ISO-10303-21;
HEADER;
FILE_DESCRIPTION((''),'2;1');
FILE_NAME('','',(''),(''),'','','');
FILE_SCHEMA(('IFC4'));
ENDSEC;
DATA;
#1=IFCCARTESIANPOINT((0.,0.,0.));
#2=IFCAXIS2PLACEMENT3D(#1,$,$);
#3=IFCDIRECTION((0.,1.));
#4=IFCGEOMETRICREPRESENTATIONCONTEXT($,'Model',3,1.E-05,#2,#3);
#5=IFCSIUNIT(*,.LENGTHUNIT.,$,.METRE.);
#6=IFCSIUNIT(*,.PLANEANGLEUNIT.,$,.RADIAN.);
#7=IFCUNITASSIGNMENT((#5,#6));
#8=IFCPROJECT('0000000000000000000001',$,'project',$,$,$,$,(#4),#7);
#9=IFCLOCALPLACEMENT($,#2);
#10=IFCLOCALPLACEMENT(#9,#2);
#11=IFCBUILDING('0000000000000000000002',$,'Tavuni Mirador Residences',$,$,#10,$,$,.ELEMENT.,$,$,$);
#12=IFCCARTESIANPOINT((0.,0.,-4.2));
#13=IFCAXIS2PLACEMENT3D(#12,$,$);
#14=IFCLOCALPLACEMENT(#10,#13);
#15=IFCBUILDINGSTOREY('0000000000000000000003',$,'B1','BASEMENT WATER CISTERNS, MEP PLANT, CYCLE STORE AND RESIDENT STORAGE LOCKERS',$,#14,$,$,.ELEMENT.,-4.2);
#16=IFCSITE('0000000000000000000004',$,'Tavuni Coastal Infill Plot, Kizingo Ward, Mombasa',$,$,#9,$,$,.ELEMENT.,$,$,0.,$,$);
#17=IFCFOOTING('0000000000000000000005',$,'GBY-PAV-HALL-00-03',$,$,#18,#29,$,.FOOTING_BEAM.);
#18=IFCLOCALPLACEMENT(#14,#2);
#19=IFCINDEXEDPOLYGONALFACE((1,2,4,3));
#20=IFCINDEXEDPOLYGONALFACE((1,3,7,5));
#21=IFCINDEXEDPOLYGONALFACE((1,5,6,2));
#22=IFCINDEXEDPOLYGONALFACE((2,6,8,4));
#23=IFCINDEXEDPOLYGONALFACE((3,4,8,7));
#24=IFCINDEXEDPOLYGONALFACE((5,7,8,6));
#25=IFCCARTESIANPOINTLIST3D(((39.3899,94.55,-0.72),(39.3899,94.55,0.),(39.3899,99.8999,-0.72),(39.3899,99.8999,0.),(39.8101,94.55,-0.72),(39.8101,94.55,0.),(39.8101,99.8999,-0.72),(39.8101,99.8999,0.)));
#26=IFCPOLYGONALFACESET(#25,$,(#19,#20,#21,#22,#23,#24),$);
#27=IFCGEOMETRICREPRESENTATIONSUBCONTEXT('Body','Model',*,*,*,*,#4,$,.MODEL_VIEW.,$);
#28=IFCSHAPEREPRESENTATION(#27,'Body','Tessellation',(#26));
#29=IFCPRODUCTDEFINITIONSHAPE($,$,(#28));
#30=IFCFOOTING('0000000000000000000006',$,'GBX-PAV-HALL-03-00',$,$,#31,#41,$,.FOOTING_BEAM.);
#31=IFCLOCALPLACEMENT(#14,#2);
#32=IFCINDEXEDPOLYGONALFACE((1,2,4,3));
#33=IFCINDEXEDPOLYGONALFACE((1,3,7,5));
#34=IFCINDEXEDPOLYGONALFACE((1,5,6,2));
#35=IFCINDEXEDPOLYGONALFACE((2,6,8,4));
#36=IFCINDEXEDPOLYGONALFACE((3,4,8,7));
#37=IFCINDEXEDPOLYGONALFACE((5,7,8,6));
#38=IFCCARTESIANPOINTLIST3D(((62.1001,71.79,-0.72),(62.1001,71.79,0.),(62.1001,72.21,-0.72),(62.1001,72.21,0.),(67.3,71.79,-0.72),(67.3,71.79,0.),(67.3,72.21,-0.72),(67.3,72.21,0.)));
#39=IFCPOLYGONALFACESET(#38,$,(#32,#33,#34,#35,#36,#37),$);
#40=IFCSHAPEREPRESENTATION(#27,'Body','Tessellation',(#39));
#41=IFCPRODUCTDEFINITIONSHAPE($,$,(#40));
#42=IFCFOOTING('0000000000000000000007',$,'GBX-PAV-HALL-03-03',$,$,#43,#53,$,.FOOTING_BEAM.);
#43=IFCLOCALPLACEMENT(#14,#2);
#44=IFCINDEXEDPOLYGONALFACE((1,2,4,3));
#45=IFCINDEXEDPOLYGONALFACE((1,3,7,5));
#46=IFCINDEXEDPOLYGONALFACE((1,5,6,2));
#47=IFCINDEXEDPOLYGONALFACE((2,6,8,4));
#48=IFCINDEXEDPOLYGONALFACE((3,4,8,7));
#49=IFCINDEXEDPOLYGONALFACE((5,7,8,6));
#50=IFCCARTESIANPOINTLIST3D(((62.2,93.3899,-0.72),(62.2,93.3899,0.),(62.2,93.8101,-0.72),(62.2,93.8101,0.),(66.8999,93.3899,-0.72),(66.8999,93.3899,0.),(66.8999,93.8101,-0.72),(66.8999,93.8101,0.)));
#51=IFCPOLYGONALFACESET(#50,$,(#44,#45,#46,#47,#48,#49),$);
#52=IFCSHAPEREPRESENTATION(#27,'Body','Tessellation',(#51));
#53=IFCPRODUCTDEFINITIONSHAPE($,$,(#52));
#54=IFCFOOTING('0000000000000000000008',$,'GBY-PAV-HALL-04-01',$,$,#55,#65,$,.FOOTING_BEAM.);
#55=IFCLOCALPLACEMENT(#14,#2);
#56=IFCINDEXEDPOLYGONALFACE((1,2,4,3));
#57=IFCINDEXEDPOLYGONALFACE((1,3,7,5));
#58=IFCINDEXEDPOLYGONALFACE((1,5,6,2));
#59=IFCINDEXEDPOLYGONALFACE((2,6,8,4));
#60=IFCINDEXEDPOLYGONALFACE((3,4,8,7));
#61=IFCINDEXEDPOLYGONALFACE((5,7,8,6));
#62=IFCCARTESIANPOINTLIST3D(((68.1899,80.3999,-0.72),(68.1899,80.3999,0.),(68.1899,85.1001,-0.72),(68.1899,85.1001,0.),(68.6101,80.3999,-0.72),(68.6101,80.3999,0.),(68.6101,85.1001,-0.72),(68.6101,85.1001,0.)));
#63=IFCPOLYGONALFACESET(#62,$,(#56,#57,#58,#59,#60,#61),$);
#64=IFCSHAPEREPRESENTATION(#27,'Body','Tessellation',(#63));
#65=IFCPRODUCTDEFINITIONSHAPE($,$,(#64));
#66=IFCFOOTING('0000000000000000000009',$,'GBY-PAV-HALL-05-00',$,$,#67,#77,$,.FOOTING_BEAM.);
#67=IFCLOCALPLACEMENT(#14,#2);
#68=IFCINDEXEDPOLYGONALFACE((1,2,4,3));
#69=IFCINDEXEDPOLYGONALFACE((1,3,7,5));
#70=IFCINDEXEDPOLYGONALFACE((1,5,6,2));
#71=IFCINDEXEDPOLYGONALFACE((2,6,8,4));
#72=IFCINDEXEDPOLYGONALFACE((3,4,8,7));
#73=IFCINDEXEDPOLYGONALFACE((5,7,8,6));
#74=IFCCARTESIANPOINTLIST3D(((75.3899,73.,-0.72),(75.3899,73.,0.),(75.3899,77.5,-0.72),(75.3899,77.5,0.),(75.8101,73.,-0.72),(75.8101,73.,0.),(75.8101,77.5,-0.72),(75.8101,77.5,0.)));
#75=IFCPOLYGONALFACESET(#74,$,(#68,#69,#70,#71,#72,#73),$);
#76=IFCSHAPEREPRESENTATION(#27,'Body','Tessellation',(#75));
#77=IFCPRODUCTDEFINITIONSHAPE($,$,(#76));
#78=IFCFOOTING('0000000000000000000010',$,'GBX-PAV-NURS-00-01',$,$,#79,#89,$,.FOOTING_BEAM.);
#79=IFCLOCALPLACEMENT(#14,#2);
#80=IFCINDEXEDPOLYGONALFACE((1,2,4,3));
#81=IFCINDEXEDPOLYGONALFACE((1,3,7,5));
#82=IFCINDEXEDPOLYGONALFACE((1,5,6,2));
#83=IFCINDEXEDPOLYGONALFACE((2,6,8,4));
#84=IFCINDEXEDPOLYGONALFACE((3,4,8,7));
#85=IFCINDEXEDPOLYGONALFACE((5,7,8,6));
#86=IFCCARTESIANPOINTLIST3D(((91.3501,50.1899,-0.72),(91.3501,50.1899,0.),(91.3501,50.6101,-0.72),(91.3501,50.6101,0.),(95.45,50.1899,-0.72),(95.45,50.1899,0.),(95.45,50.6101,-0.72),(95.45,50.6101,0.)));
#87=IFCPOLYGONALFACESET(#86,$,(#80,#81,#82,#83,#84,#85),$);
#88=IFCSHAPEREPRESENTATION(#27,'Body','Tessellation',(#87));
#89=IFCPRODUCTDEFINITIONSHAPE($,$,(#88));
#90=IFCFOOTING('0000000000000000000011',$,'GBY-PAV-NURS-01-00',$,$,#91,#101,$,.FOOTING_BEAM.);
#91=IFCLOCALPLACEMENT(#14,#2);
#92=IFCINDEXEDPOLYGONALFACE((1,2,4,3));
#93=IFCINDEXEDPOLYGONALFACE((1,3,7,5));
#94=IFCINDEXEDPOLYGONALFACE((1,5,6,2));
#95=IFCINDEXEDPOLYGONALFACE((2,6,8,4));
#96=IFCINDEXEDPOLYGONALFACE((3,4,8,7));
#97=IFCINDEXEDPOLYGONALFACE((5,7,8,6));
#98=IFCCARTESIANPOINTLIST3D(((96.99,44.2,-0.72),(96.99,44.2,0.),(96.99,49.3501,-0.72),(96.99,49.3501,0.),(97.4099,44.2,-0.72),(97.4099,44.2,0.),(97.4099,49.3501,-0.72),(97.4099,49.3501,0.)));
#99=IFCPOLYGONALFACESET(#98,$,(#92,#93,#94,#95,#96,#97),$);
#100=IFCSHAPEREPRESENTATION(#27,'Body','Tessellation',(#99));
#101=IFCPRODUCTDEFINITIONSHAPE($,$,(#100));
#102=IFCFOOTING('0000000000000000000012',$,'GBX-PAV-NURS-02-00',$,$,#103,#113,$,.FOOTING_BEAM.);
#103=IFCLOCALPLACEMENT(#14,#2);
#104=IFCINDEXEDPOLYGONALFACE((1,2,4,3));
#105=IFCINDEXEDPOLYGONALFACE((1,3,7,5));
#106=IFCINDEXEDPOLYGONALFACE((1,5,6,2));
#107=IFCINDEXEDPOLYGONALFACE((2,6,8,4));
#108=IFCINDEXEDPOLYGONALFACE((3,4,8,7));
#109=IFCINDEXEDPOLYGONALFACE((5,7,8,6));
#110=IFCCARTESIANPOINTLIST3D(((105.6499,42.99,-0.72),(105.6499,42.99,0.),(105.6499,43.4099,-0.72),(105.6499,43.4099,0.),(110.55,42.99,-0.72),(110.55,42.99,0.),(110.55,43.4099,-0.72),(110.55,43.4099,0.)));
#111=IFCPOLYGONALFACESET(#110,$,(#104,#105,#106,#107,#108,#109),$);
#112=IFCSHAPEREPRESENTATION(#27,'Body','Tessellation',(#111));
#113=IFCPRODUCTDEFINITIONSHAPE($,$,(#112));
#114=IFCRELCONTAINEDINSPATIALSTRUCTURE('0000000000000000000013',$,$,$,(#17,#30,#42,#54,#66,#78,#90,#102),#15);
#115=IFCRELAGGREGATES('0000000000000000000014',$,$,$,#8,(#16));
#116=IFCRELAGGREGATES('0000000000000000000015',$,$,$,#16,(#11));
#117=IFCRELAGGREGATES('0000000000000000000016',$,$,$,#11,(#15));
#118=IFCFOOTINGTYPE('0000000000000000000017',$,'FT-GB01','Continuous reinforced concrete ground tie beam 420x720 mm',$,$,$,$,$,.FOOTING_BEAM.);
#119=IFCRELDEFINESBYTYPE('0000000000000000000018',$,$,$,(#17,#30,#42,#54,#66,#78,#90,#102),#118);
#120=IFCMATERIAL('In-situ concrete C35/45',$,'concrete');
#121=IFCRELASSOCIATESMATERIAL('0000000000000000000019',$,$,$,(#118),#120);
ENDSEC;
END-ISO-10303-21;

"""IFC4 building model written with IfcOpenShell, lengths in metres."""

from ifc_helpers import new_model, si_unit, direction, frame, origin, place, context, subcontext, project, spatial, polyline, outline, extrude, material, type_object, element, save


model = new_model("IFC4")

# Units and contexts
model_context = context("Model", 3, precision=1e-05, world=origin(), true_north=direction((0.0, 1.0)))
body_context = subcontext(model_context, "Body", "Model", "MODEL_VIEW")
ifc_project = project(units=[si_unit("LENGTHUNIT", "METRE"), si_unit("PLANEANGLEUNIT", "RADIAN")], contexts=[model_context])

# Site, building, storey
site_placement = place(None, origin())
site = spatial("IfcSite", under=ifc_project, at=site_placement, Name="Tavuni Coastal Infill Plot, Kizingo Ward, Mombasa", CompositionType="ELEMENT", RefElevation=0.0)
building_placement = place(site_placement, origin())
building = spatial("IfcBuilding", under=site, at=building_placement, Name="Tavuni Mirador Residences", CompositionType="ELEMENT")
storey_placement = place(building_placement, frame((0.0, 0.0, -4.2)))
storey = spatial("IfcBuildingStorey", under=building, at=storey_placement, Name="B1", Description="BASEMENT WATER CISTERNS, MEP PLANT, CYCLE STORE AND RESIDENT STORAGE LOCKERS", CompositionType="ELEMENT", Elevation=-4.2)

# Footings
ifc_material = material(Name="In-situ concrete C35/45", Category="concrete")
footing_type = type_object("IfcFootingType", Name="FT-GB01", Description="Continuous reinforced concrete ground tie beam 420x720 mm", PredefinedType="FOOTING_BEAM", material=ifc_material)
footing_1_placement = place(storey_placement, frame((0.0, 0.0, -0.72)))
element("IfcFooting", 1, at=footing_1_placement, inside=storey, type_object=footing_type, Name="GBY-PAV-HALL-00-03", PredefinedType="FOOTING_BEAM", context=body_context, shape_type="SweptSolid", body=[
    extrude(outline(polyline([(39.3899, 94.55), (39.8101, 94.55), (39.8101, 99.8999), (39.3899, 99.8999), (39.3899, 94.55)])), origin(), (0.0, 0.0, 1.0), 0.72),
])
footing_2_placement = place(storey_placement, frame((0.0, 0.0, -0.72)))
element("IfcFooting", 2, at=footing_2_placement, inside=storey, type_object=footing_type, Name="GBX-PAV-HALL-03-00", PredefinedType="FOOTING_BEAM", context=body_context, shape_type="SweptSolid", body=[
    extrude(outline(polyline([(62.1001, 71.79), (67.3, 71.79), (67.3, 72.21), (62.1001, 72.21), (62.1001, 71.79)])), origin(), (0.0, 0.0, 1.0), 0.72),
])
footing_3_placement = place(storey_placement, frame((0.0, 0.0, -0.72)))
element("IfcFooting", 3, at=footing_3_placement, inside=storey, type_object=footing_type, Name="GBX-PAV-HALL-03-03", PredefinedType="FOOTING_BEAM", context=body_context, shape_type="SweptSolid", body=[
    extrude(outline(polyline([(62.2, 93.3899), (66.8999, 93.3899), (66.8999, 93.8101), (62.2, 93.8101), (62.2, 93.3899)])), origin(), (0.0, 0.0, 1.0), 0.72),
])
footing_4_placement = place(storey_placement, frame((0.0, 0.0, -0.72)))
element("IfcFooting", 4, at=footing_4_placement, inside=storey, type_object=footing_type, Name="GBY-PAV-HALL-04-01", PredefinedType="FOOTING_BEAM", context=body_context, shape_type="SweptSolid", body=[
    extrude(outline(polyline([(68.1899, 80.3999), (68.6101, 80.3999), (68.6101, 85.1001), (68.1899, 85.1001), (68.1899, 80.3999)])), origin(), (0.0, 0.0, 1.0), 0.72),
])
footing_5_placement = place(storey_placement, frame((0.0, 0.0, -0.72)))
element("IfcFooting", 5, at=footing_5_placement, inside=storey, type_object=footing_type, Name="GBY-PAV-HALL-05-00", PredefinedType="FOOTING_BEAM", context=body_context, shape_type="SweptSolid", body=[
    extrude(outline(polyline([(75.3899, 73.0), (75.8101, 73.0), (75.8101, 77.5), (75.3899, 77.5), (75.3899, 73.0)])), origin(), (0.0, 0.0, 1.0), 0.72),
])
footing_6_placement = place(storey_placement, frame((0.0, 0.0, -0.72)))
element("IfcFooting", 6, at=footing_6_placement, inside=storey, type_object=footing_type, Name="GBX-PAV-NURS-00-01", PredefinedType="FOOTING_BEAM", context=body_context, shape_type="SweptSolid", body=[
    extrude(outline(polyline([(91.3501, 50.1899), (95.45, 50.1899), (95.45, 50.6101), (91.3501, 50.6101), (91.3501, 50.1899)])), origin(), (0.0, 0.0, 1.0), 0.72),
])
footing_7_placement = place(storey_placement, frame((0.0, 0.0, -0.72)))
element("IfcFooting", 7, at=footing_7_placement, inside=storey, type_object=footing_type, Name="GBY-PAV-NURS-01-00", PredefinedType="FOOTING_BEAM", context=body_context, shape_type="SweptSolid", body=[
    extrude(outline(polyline([(96.99, 44.2), (97.4099, 44.2), (97.4099, 49.3501), (96.99, 49.3501), (96.99, 44.2)])), origin(), (0.0, 0.0, 1.0), 0.72),
])
footing_8_placement = place(storey_placement, frame((0.0, 0.0, -0.72)))
element("IfcFooting", 8, at=footing_8_placement, inside=storey, type_object=footing_type, Name="GBX-PAV-NURS-02-00", PredefinedType="FOOTING_BEAM", context=body_context, shape_type="SweptSolid", body=[
    extrude(outline(polyline([(105.6499, 42.99), (110.55, 42.99), (110.55, 43.4099), (105.6499, 43.4099), (105.6499, 42.99)])), origin(), (0.0, 0.0, 1.0), 0.72),
])

save(model, "model.ifc")
